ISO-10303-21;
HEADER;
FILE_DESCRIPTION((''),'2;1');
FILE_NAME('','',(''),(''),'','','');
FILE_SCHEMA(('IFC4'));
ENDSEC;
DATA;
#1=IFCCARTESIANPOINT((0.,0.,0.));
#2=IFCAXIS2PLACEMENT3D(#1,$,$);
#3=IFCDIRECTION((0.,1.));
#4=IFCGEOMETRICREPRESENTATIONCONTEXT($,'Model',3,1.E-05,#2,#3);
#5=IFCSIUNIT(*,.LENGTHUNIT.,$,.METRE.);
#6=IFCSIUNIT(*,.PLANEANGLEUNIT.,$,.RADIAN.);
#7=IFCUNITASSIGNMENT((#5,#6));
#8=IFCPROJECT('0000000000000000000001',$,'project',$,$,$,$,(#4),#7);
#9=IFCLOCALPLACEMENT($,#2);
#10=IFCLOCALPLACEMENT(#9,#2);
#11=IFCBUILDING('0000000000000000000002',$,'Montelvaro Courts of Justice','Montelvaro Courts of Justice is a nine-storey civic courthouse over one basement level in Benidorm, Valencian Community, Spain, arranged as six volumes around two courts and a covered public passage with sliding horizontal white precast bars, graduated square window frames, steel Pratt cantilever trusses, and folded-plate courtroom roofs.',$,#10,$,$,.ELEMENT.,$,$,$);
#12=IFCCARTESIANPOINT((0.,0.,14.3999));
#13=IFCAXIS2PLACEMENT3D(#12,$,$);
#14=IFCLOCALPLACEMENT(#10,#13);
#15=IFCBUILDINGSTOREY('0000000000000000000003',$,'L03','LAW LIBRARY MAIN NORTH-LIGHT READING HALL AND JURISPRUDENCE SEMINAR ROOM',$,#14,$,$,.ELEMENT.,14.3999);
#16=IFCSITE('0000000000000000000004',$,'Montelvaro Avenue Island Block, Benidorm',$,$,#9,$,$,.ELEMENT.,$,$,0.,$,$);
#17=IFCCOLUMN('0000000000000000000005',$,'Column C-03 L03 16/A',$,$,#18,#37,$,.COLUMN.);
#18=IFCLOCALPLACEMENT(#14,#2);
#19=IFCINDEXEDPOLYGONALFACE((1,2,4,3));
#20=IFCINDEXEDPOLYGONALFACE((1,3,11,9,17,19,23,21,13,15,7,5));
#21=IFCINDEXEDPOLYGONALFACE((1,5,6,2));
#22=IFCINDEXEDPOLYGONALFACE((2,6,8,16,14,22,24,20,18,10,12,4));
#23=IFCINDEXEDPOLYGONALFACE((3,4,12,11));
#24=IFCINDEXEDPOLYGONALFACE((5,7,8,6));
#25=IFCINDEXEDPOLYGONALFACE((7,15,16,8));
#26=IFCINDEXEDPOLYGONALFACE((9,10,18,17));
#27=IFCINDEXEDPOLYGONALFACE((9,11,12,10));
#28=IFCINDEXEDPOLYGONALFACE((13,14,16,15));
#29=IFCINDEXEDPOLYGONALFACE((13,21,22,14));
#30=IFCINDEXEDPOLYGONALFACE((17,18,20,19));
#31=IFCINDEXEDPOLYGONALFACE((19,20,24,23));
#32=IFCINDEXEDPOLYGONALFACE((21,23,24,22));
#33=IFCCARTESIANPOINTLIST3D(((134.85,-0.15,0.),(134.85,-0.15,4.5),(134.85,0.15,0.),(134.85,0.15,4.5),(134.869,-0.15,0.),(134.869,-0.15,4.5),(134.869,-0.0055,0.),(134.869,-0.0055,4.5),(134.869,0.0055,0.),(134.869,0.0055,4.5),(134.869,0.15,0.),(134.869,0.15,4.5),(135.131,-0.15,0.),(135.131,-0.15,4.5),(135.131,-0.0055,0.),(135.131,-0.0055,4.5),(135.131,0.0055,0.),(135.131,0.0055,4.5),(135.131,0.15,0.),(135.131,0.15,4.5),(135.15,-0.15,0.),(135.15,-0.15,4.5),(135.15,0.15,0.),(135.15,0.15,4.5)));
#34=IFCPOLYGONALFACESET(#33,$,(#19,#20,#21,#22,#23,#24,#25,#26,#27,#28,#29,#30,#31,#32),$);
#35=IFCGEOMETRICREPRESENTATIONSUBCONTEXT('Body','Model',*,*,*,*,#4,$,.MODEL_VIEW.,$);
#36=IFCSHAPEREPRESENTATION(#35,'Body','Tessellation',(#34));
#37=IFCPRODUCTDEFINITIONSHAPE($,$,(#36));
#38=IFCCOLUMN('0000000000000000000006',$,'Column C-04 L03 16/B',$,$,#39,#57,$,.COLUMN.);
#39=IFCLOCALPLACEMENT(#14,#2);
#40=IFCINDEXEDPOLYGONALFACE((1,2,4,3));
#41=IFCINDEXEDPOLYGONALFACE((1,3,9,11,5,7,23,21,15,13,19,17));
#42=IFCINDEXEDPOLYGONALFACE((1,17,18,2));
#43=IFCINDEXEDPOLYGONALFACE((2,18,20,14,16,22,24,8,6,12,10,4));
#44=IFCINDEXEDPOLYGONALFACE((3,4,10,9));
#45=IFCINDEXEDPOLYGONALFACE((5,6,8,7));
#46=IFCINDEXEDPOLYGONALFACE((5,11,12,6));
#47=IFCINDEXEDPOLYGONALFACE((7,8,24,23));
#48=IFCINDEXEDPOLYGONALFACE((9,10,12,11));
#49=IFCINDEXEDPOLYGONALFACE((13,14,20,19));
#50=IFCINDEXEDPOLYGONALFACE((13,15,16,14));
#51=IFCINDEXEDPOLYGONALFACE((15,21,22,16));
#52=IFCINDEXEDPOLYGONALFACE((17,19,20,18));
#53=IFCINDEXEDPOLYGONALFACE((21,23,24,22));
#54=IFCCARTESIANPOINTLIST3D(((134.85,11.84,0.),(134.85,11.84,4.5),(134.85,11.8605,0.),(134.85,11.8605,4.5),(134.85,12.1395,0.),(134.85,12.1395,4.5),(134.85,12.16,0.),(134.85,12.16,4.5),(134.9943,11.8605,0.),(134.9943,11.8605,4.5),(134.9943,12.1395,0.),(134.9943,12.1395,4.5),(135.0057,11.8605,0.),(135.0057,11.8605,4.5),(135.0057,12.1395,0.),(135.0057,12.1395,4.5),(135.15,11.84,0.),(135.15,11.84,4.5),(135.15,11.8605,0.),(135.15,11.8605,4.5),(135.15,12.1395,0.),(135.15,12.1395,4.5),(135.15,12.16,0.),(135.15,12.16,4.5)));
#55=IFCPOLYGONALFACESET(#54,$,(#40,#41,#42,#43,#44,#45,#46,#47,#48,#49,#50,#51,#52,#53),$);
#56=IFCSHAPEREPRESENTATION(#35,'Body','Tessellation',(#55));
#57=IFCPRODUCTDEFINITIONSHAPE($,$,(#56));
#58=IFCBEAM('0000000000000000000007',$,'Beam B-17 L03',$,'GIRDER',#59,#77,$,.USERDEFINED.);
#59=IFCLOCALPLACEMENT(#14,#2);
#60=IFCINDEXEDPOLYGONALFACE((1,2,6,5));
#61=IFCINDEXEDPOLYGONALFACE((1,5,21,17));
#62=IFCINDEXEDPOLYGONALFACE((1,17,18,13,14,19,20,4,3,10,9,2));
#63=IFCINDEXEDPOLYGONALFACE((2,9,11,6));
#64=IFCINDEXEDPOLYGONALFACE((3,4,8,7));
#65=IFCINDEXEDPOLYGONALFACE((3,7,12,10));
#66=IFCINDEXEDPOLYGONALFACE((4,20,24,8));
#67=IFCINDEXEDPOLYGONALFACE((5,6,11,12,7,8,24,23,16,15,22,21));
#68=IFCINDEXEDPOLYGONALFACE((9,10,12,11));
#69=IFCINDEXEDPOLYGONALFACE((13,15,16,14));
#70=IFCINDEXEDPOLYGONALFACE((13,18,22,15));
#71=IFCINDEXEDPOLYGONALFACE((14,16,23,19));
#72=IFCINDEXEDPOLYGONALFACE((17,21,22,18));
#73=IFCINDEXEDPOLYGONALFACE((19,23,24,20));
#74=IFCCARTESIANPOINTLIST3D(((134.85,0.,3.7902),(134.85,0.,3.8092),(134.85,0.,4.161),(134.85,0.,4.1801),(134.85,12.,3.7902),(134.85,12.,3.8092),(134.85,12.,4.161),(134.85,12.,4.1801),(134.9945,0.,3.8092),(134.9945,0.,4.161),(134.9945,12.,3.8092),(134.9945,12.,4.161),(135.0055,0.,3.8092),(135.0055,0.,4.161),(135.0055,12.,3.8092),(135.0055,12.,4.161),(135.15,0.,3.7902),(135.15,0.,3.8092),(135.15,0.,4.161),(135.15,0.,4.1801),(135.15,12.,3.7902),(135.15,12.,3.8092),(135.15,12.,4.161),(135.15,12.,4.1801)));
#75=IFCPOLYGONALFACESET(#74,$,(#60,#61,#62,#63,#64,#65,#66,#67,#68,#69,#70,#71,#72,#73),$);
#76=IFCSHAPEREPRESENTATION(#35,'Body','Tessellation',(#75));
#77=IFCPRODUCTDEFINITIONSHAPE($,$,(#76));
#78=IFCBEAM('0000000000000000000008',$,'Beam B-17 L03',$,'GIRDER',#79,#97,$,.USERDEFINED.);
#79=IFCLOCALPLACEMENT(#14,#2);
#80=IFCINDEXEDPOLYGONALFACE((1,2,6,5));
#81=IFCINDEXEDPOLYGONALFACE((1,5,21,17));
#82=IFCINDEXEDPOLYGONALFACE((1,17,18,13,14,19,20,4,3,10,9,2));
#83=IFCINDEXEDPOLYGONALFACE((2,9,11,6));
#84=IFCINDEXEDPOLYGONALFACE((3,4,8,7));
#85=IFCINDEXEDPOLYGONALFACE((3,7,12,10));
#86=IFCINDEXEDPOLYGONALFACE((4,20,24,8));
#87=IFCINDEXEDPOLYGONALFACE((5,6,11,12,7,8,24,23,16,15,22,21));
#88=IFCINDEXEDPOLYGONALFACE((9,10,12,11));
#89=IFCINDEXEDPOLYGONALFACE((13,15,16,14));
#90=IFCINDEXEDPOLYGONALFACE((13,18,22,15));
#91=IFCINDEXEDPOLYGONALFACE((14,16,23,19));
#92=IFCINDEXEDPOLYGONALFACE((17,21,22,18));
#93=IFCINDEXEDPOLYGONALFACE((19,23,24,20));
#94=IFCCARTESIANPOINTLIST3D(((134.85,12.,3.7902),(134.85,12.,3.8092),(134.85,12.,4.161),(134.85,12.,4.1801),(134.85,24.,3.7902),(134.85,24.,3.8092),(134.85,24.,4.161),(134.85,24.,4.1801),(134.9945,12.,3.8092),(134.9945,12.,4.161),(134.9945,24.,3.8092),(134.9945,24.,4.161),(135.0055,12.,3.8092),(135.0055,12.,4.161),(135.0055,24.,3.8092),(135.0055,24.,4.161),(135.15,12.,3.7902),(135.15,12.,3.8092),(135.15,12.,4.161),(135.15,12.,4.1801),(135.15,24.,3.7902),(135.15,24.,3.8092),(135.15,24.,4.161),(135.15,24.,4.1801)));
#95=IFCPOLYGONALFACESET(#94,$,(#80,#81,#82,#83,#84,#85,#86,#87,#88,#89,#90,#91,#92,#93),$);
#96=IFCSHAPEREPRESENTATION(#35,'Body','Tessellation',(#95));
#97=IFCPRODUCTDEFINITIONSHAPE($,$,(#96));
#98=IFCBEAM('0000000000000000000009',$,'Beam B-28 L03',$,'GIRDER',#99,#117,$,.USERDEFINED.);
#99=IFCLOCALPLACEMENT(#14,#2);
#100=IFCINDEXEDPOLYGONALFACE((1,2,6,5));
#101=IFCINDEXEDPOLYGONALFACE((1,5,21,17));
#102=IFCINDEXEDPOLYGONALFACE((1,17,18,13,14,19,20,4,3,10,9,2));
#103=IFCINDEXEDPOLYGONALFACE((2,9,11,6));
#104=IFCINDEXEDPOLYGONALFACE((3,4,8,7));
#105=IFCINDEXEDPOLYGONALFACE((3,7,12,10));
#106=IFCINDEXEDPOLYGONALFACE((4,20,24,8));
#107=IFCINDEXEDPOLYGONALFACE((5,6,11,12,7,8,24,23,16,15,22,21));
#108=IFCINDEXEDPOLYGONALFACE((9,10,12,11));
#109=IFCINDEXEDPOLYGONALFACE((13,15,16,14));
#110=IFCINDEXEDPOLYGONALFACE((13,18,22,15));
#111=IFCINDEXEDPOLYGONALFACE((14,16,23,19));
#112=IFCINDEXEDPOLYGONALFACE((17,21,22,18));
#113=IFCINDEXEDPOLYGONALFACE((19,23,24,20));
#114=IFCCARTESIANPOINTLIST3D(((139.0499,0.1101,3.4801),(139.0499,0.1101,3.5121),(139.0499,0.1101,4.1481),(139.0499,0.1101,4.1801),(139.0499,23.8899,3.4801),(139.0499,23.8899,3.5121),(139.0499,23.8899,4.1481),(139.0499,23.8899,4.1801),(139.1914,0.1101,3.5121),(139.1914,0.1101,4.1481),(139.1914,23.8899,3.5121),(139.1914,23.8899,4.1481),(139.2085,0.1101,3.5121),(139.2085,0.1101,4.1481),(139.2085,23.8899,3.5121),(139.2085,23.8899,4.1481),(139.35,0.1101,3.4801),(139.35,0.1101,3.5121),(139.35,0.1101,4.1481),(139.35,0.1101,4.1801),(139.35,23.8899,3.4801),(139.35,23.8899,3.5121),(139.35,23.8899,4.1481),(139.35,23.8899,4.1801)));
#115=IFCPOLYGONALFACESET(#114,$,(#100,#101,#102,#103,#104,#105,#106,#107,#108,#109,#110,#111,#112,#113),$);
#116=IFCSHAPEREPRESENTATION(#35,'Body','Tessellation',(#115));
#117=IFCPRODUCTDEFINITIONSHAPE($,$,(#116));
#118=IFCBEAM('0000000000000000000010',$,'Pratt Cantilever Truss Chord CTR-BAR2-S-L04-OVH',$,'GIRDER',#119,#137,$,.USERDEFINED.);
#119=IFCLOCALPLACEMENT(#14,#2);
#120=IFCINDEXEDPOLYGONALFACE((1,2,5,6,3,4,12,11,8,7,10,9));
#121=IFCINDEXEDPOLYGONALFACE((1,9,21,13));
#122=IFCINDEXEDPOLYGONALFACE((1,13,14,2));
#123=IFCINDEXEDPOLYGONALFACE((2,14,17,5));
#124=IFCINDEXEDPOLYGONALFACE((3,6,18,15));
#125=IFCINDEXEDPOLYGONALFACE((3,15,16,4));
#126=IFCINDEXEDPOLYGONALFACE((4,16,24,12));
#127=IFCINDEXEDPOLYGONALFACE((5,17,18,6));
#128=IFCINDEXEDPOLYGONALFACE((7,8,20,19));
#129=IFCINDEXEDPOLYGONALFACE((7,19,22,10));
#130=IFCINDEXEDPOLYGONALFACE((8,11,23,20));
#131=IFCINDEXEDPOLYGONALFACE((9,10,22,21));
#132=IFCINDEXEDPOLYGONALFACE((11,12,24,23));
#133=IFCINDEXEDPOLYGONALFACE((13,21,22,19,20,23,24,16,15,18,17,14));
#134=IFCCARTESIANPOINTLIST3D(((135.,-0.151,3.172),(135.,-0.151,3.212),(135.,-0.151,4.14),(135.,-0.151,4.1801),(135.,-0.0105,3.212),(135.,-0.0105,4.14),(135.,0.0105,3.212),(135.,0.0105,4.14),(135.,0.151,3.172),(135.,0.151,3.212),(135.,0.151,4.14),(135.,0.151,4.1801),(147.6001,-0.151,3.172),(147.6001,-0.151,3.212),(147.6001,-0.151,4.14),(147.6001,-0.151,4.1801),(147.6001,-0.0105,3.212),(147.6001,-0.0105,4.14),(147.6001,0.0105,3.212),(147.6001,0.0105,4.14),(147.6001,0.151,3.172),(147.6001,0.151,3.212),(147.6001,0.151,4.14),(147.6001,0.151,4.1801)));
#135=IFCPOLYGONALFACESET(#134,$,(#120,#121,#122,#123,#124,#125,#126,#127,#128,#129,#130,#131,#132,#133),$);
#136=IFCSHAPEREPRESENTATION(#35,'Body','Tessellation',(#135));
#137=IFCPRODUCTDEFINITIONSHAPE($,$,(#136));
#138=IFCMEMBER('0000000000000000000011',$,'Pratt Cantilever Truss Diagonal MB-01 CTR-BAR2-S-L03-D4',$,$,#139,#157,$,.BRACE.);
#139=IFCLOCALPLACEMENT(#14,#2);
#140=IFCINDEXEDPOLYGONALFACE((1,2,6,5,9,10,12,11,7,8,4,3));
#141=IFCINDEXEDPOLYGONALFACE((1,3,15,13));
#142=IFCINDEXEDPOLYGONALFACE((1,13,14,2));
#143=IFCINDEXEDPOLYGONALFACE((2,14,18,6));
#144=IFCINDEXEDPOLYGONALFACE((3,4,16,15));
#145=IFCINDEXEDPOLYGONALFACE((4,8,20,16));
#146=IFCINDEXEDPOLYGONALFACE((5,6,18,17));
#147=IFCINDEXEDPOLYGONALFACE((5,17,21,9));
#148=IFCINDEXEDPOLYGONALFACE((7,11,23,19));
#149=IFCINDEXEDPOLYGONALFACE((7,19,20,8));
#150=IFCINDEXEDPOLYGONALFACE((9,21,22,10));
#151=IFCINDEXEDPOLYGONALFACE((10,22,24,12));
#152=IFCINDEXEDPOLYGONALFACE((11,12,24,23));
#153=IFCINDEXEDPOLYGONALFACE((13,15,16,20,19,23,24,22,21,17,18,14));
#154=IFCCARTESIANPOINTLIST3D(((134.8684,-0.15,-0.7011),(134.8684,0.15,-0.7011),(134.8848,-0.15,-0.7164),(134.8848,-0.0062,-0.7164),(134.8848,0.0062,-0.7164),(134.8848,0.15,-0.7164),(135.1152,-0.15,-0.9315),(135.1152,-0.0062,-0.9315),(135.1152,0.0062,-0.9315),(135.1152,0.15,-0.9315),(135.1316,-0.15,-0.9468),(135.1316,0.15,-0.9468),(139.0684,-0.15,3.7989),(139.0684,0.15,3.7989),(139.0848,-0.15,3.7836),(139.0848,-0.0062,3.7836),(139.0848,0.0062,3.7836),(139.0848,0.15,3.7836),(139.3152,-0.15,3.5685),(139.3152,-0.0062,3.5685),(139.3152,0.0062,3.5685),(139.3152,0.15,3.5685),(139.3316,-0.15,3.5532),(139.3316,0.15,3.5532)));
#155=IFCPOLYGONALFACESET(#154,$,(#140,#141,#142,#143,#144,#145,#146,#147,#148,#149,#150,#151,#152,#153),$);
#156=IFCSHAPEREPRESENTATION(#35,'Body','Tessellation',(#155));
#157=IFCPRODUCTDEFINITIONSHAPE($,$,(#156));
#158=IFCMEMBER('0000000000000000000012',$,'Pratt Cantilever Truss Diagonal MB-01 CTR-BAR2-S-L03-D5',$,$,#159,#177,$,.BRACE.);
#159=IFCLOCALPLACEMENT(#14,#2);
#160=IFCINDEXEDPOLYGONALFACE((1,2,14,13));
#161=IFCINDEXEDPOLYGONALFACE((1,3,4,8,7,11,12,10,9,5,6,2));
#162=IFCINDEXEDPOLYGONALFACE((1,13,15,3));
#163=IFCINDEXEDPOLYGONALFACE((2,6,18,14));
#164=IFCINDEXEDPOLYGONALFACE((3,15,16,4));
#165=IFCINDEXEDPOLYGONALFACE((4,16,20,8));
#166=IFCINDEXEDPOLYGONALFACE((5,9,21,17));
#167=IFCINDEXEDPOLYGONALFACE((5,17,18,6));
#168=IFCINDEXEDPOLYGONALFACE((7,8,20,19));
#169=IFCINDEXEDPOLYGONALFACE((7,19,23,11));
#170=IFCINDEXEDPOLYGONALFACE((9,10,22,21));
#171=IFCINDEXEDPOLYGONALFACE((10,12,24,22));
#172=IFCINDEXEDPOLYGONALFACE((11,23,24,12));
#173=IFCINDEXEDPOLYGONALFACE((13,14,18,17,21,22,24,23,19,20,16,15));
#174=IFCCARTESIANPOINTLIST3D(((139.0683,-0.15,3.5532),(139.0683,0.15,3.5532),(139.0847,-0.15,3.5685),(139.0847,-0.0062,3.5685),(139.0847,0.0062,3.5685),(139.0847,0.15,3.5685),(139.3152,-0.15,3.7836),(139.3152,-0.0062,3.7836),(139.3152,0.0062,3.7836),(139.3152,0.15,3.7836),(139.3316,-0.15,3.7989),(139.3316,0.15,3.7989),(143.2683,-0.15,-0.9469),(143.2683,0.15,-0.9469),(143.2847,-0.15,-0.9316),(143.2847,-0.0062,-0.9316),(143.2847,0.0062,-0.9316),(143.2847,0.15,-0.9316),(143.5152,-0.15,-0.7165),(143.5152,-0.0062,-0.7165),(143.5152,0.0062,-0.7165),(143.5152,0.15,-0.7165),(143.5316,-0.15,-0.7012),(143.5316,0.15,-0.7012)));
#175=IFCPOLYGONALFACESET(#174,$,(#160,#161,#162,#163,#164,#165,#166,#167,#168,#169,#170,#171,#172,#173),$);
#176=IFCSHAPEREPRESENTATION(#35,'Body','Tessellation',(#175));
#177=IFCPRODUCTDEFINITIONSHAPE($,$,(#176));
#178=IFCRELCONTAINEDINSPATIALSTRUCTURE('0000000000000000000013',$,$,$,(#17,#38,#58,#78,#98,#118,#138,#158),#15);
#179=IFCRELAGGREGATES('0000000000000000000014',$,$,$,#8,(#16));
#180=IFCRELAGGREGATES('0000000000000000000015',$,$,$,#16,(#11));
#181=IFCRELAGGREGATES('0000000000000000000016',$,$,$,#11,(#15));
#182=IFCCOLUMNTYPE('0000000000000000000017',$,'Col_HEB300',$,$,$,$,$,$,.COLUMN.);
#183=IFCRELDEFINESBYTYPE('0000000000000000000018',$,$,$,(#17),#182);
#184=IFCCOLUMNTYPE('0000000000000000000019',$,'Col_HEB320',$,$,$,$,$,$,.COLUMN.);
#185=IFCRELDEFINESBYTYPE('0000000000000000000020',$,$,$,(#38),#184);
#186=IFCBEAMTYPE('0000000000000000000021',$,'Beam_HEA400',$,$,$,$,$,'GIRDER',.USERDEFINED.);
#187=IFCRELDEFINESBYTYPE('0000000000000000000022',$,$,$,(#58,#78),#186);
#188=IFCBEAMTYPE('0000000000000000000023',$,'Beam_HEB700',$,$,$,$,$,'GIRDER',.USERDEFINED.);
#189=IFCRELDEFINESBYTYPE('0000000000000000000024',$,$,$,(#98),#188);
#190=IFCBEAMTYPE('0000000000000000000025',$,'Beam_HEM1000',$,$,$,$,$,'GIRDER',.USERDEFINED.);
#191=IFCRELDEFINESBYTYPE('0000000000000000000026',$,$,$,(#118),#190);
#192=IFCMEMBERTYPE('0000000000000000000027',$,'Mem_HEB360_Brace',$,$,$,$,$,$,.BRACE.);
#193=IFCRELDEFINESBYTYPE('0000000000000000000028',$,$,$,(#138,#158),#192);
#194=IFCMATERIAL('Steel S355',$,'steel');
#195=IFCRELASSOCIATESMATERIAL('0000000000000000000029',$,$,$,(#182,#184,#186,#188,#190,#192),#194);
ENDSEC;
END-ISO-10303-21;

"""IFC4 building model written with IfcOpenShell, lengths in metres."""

from ifc_helpers import new_model, si_unit, direction, frame, origin, origin_2d, place, context, subcontext, project, spatial, i_section, extrude, material, material_profile, profile_set, type_object, element, save


model = new_model("IFC4")

# Units and contexts
model_context = context("Model", 3, precision=1e-05, world=origin(), true_north=direction((0.0, 1.0)))
body_context = subcontext(model_context, "Body", "Model", "MODEL_VIEW")
ifc_project = project(units=[si_unit("LENGTHUNIT", "METRE"), si_unit("PLANEANGLEUNIT", "RADIAN")], contexts=[model_context])

# Site, building, storey
site_placement = place(None, origin())
site = spatial("IfcSite", under=ifc_project, at=site_placement, Name="Montelvaro Avenue Island Block, Benidorm", CompositionType="ELEMENT", RefElevation=0.0)
building_placement = place(site_placement, origin())
building = spatial("IfcBuilding", under=site, at=building_placement, Name="Montelvaro Courts of Justice", Description="Montelvaro Courts of Justice is a nine-storey civic courthouse over one basement level in Benidorm, Valencian Community, Spain, arranged as six volumes around two courts and a covered public passage with sliding horizontal white precast bars, graduated square window frames, steel Pratt cantilever trusses, and folded-plate courtroom roofs.", CompositionType="ELEMENT")
storey_placement = place(building_placement, frame((0.0, 0.0, 14.3999)))
storey = spatial("IfcBuildingStorey", under=building, at=storey_placement, Name="L03", Description="LAW LIBRARY MAIN NORTH-LIGHT READING HALL AND JURISPRUDENCE SEMINAR ROOM", CompositionType="ELEMENT", Elevation=14.3999)

# Columns
ifc_material_1 = material(Name="Steel S355", Category="steel")
ifc_material_profile_1 = material_profile(ifc_material_1, i_section(OverallWidth=0.3, OverallDepth=0.3, WebThickness=0.011, FlangeThickness=0.019, at=origin_2d()), Name="HEB 300")
ifc_profile_set_1 = profile_set([ifc_material_profile_1], Name="Steel S355")
column_type_1 = type_object("IfcColumnType", Name="Col_HEB300", PredefinedType="COLUMN", material=ifc_profile_set_1)
column_1_placement = place(storey_placement, frame((135.0, 0.0, 0.0), z_axis=(0.0, 0.0, 1.0), x_axis=(0.0, 1.0, 0.0)))
element("IfcColumn", 1, at=column_1_placement, inside=storey, type_object=column_type_1, Name="Column C-03 L03 16/A", PredefinedType="COLUMN", context=body_context, shape_type="SweptSolid", body=[
    extrude(i_section(OverallWidth=0.3, OverallDepth=0.3, WebThickness=0.011, FlangeThickness=0.019, at=origin_2d()), origin(), (0.0, 0.0, 1.0), 4.5),
])
ifc_material_profile_2 = material_profile(ifc_material_1, i_section(OverallWidth=0.3, OverallDepth=0.3201, WebThickness=0.0115, FlangeThickness=0.0205, at=origin_2d()), Name="HEB 320")
ifc_profile_set_2 = profile_set([ifc_material_profile_2], Name="Steel S355")
column_type_2 = type_object("IfcColumnType", Name="Col_HEB320", PredefinedType="COLUMN", material=ifc_profile_set_2)
column_2_placement = place(storey_placement, frame((135.0, 12.0, 0.0), z_axis=(0.0, 0.0, 1.0), x_axis=(1.0, 0.0, 0.0)))
element("IfcColumn", 2, at=column_2_placement, inside=storey, type_object=column_type_2, Name="Column C-04 L03 16/B", PredefinedType="COLUMN", context=body_context, shape_type="SweptSolid", body=[
    extrude(i_section(OverallWidth=0.3, OverallDepth=0.3201, WebThickness=0.0115, FlangeThickness=0.0205, at=origin_2d()), origin(), (0.0, 0.0, 1.0), 4.5),
])

# Beams
ifc_material_profile_3 = material_profile(ifc_material_1, i_section(OverallWidth=0.3, OverallDepth=0.3899, WebThickness=0.011, FlangeThickness=0.019, at=origin_2d()), Name="HEA 400")
ifc_profile_set_3 = profile_set([ifc_material_profile_3], Name="Steel S355")
beam_type_1 = type_object("IfcBeamType", Name="Beam_HEA400", ElementType="GIRDER", PredefinedType="USERDEFINED", material=ifc_profile_set_3)
for number, where, z_axis, x_axis, name in (
    (3, (135.0, 0.0, 3.9851), (0.0, 1.0, 0.0), (-1.0, 0.0, 0.0), "Beam B-17 L03"),
    (4, (135.0, 12.0, 3.9851), (0.0, 1.0, 0.0), (-1.0, 0.0, 0.0), "Beam B-17 L03"),
):
    element("IfcBeam", number, at=place(storey_placement, frame(where, z_axis=z_axis, x_axis=x_axis)), inside=storey, type_object=beam_type_1, Name=name, ObjectType="GIRDER", PredefinedType="USERDEFINED", context=body_context, shape_type="SweptSolid", body=[
        extrude(i_section(OverallWidth=0.3, OverallDepth=0.3899, WebThickness=0.011, FlangeThickness=0.019, at=origin_2d()), origin(), (0.0, 0.0, 1.0), 12.0),
    ])
ifc_material_profile_4 = material_profile(ifc_material_1, i_section(OverallWidth=0.3, OverallDepth=0.7, WebThickness=0.0171, FlangeThickness=0.032, at=origin_2d()), Name="HEB 700")
ifc_profile_set_4 = profile_set([ifc_material_profile_4], Name="Steel S355")
beam_type_2 = type_object("IfcBeamType", Name="Beam_HEB700", ElementType="GIRDER", PredefinedType="USERDEFINED", material=ifc_profile_set_4)
beam_1_placement = place(storey_placement, frame((139.2, 0.1101, 3.8301), z_axis=(0.0, 1.0, 0.0), x_axis=(-1.0, 0.0, 0.0)))
element("IfcBeam", 5, at=beam_1_placement, inside=storey, type_object=beam_type_2, Name="Beam B-28 L03", ObjectType="GIRDER", PredefinedType="USERDEFINED", context=body_context, shape_type="SweptSolid", body=[
    extrude(i_section(OverallWidth=0.3, OverallDepth=0.7, WebThickness=0.0171, FlangeThickness=0.032, at=origin_2d()), origin(), (0.0, 0.0, 1.0), 23.7798),
])
ifc_material_profile_5 = material_profile(ifc_material_1, i_section(OverallWidth=0.302, OverallDepth=1.0081, WebThickness=0.021, FlangeThickness=0.04, at=origin_2d()), Name="HEM 1000")
ifc_profile_set_5 = profile_set([ifc_material_profile_5], Name="Steel S355")
beam_type_3 = type_object("IfcBeamType", Name="Beam_HEM1000", ElementType="GIRDER", PredefinedType="USERDEFINED", material=ifc_profile_set_5)
beam_2_placement = place(storey_placement, frame((135.0, 0.0, 3.676), z_axis=(1.0, 0.0, 0.0), x_axis=(0.0, 1.0, 0.0)))
element("IfcBeam", 6, at=beam_2_placement, inside=storey, type_object=beam_type_3, Name="Pratt Cantilever Truss Chord CTR-BAR2-S-L04-OVH", ObjectType="GIRDER", PredefinedType="USERDEFINED", context=body_context, shape_type="SweptSolid", body=[
    extrude(i_section(OverallWidth=0.302, OverallDepth=1.0081, WebThickness=0.021, FlangeThickness=0.04, at=origin_2d()), origin(), (0.0, 0.0, 1.0), 12.6001),
])

# Members
ifc_material_profile_6 = material_profile(ifc_material_1, i_section(OverallWidth=0.3, OverallDepth=0.3601, WebThickness=0.0125, FlangeThickness=0.0225, at=origin_2d()), Name="HEB 360")
ifc_profile_set_6 = profile_set([ifc_material_profile_6], Name="Steel S355")
member_type_1 = type_object("IfcMemberType", Name="Mem_HEB360_Brace", PredefinedType="BRACE", material=ifc_profile_set_6)
for number, where, z_axis, x_axis, name in (
    (7, (135.0, 0.0, -0.824), (0.682314, 0.0, 0.731059), (0.0, 1.0, 0.0), "Pratt Cantilever Truss Diagonal MB-01 CTR-BAR2-S-L03-D4"),
    (8, (139.2, 0.0, 3.676), (0.682314, 0.0, -0.731059), (0.0, 1.0, 0.0), "Pratt Cantilever Truss Diagonal MB-01 CTR-BAR2-S-L03-D5"),
):
    element("IfcMember", number, at=place(storey_placement, frame(where, z_axis=z_axis, x_axis=x_axis)), inside=storey, type_object=member_type_1, Name=name, PredefinedType="BRACE", context=body_context, shape_type="SweptSolid", body=[
        extrude(i_section(OverallWidth=0.3, OverallDepth=0.3601, WebThickness=0.0125, FlangeThickness=0.0225, at=origin_2d()), origin(), (0.0, 0.0, 1.0), 6.1555),
    ])

save(model, "model.ifc")
